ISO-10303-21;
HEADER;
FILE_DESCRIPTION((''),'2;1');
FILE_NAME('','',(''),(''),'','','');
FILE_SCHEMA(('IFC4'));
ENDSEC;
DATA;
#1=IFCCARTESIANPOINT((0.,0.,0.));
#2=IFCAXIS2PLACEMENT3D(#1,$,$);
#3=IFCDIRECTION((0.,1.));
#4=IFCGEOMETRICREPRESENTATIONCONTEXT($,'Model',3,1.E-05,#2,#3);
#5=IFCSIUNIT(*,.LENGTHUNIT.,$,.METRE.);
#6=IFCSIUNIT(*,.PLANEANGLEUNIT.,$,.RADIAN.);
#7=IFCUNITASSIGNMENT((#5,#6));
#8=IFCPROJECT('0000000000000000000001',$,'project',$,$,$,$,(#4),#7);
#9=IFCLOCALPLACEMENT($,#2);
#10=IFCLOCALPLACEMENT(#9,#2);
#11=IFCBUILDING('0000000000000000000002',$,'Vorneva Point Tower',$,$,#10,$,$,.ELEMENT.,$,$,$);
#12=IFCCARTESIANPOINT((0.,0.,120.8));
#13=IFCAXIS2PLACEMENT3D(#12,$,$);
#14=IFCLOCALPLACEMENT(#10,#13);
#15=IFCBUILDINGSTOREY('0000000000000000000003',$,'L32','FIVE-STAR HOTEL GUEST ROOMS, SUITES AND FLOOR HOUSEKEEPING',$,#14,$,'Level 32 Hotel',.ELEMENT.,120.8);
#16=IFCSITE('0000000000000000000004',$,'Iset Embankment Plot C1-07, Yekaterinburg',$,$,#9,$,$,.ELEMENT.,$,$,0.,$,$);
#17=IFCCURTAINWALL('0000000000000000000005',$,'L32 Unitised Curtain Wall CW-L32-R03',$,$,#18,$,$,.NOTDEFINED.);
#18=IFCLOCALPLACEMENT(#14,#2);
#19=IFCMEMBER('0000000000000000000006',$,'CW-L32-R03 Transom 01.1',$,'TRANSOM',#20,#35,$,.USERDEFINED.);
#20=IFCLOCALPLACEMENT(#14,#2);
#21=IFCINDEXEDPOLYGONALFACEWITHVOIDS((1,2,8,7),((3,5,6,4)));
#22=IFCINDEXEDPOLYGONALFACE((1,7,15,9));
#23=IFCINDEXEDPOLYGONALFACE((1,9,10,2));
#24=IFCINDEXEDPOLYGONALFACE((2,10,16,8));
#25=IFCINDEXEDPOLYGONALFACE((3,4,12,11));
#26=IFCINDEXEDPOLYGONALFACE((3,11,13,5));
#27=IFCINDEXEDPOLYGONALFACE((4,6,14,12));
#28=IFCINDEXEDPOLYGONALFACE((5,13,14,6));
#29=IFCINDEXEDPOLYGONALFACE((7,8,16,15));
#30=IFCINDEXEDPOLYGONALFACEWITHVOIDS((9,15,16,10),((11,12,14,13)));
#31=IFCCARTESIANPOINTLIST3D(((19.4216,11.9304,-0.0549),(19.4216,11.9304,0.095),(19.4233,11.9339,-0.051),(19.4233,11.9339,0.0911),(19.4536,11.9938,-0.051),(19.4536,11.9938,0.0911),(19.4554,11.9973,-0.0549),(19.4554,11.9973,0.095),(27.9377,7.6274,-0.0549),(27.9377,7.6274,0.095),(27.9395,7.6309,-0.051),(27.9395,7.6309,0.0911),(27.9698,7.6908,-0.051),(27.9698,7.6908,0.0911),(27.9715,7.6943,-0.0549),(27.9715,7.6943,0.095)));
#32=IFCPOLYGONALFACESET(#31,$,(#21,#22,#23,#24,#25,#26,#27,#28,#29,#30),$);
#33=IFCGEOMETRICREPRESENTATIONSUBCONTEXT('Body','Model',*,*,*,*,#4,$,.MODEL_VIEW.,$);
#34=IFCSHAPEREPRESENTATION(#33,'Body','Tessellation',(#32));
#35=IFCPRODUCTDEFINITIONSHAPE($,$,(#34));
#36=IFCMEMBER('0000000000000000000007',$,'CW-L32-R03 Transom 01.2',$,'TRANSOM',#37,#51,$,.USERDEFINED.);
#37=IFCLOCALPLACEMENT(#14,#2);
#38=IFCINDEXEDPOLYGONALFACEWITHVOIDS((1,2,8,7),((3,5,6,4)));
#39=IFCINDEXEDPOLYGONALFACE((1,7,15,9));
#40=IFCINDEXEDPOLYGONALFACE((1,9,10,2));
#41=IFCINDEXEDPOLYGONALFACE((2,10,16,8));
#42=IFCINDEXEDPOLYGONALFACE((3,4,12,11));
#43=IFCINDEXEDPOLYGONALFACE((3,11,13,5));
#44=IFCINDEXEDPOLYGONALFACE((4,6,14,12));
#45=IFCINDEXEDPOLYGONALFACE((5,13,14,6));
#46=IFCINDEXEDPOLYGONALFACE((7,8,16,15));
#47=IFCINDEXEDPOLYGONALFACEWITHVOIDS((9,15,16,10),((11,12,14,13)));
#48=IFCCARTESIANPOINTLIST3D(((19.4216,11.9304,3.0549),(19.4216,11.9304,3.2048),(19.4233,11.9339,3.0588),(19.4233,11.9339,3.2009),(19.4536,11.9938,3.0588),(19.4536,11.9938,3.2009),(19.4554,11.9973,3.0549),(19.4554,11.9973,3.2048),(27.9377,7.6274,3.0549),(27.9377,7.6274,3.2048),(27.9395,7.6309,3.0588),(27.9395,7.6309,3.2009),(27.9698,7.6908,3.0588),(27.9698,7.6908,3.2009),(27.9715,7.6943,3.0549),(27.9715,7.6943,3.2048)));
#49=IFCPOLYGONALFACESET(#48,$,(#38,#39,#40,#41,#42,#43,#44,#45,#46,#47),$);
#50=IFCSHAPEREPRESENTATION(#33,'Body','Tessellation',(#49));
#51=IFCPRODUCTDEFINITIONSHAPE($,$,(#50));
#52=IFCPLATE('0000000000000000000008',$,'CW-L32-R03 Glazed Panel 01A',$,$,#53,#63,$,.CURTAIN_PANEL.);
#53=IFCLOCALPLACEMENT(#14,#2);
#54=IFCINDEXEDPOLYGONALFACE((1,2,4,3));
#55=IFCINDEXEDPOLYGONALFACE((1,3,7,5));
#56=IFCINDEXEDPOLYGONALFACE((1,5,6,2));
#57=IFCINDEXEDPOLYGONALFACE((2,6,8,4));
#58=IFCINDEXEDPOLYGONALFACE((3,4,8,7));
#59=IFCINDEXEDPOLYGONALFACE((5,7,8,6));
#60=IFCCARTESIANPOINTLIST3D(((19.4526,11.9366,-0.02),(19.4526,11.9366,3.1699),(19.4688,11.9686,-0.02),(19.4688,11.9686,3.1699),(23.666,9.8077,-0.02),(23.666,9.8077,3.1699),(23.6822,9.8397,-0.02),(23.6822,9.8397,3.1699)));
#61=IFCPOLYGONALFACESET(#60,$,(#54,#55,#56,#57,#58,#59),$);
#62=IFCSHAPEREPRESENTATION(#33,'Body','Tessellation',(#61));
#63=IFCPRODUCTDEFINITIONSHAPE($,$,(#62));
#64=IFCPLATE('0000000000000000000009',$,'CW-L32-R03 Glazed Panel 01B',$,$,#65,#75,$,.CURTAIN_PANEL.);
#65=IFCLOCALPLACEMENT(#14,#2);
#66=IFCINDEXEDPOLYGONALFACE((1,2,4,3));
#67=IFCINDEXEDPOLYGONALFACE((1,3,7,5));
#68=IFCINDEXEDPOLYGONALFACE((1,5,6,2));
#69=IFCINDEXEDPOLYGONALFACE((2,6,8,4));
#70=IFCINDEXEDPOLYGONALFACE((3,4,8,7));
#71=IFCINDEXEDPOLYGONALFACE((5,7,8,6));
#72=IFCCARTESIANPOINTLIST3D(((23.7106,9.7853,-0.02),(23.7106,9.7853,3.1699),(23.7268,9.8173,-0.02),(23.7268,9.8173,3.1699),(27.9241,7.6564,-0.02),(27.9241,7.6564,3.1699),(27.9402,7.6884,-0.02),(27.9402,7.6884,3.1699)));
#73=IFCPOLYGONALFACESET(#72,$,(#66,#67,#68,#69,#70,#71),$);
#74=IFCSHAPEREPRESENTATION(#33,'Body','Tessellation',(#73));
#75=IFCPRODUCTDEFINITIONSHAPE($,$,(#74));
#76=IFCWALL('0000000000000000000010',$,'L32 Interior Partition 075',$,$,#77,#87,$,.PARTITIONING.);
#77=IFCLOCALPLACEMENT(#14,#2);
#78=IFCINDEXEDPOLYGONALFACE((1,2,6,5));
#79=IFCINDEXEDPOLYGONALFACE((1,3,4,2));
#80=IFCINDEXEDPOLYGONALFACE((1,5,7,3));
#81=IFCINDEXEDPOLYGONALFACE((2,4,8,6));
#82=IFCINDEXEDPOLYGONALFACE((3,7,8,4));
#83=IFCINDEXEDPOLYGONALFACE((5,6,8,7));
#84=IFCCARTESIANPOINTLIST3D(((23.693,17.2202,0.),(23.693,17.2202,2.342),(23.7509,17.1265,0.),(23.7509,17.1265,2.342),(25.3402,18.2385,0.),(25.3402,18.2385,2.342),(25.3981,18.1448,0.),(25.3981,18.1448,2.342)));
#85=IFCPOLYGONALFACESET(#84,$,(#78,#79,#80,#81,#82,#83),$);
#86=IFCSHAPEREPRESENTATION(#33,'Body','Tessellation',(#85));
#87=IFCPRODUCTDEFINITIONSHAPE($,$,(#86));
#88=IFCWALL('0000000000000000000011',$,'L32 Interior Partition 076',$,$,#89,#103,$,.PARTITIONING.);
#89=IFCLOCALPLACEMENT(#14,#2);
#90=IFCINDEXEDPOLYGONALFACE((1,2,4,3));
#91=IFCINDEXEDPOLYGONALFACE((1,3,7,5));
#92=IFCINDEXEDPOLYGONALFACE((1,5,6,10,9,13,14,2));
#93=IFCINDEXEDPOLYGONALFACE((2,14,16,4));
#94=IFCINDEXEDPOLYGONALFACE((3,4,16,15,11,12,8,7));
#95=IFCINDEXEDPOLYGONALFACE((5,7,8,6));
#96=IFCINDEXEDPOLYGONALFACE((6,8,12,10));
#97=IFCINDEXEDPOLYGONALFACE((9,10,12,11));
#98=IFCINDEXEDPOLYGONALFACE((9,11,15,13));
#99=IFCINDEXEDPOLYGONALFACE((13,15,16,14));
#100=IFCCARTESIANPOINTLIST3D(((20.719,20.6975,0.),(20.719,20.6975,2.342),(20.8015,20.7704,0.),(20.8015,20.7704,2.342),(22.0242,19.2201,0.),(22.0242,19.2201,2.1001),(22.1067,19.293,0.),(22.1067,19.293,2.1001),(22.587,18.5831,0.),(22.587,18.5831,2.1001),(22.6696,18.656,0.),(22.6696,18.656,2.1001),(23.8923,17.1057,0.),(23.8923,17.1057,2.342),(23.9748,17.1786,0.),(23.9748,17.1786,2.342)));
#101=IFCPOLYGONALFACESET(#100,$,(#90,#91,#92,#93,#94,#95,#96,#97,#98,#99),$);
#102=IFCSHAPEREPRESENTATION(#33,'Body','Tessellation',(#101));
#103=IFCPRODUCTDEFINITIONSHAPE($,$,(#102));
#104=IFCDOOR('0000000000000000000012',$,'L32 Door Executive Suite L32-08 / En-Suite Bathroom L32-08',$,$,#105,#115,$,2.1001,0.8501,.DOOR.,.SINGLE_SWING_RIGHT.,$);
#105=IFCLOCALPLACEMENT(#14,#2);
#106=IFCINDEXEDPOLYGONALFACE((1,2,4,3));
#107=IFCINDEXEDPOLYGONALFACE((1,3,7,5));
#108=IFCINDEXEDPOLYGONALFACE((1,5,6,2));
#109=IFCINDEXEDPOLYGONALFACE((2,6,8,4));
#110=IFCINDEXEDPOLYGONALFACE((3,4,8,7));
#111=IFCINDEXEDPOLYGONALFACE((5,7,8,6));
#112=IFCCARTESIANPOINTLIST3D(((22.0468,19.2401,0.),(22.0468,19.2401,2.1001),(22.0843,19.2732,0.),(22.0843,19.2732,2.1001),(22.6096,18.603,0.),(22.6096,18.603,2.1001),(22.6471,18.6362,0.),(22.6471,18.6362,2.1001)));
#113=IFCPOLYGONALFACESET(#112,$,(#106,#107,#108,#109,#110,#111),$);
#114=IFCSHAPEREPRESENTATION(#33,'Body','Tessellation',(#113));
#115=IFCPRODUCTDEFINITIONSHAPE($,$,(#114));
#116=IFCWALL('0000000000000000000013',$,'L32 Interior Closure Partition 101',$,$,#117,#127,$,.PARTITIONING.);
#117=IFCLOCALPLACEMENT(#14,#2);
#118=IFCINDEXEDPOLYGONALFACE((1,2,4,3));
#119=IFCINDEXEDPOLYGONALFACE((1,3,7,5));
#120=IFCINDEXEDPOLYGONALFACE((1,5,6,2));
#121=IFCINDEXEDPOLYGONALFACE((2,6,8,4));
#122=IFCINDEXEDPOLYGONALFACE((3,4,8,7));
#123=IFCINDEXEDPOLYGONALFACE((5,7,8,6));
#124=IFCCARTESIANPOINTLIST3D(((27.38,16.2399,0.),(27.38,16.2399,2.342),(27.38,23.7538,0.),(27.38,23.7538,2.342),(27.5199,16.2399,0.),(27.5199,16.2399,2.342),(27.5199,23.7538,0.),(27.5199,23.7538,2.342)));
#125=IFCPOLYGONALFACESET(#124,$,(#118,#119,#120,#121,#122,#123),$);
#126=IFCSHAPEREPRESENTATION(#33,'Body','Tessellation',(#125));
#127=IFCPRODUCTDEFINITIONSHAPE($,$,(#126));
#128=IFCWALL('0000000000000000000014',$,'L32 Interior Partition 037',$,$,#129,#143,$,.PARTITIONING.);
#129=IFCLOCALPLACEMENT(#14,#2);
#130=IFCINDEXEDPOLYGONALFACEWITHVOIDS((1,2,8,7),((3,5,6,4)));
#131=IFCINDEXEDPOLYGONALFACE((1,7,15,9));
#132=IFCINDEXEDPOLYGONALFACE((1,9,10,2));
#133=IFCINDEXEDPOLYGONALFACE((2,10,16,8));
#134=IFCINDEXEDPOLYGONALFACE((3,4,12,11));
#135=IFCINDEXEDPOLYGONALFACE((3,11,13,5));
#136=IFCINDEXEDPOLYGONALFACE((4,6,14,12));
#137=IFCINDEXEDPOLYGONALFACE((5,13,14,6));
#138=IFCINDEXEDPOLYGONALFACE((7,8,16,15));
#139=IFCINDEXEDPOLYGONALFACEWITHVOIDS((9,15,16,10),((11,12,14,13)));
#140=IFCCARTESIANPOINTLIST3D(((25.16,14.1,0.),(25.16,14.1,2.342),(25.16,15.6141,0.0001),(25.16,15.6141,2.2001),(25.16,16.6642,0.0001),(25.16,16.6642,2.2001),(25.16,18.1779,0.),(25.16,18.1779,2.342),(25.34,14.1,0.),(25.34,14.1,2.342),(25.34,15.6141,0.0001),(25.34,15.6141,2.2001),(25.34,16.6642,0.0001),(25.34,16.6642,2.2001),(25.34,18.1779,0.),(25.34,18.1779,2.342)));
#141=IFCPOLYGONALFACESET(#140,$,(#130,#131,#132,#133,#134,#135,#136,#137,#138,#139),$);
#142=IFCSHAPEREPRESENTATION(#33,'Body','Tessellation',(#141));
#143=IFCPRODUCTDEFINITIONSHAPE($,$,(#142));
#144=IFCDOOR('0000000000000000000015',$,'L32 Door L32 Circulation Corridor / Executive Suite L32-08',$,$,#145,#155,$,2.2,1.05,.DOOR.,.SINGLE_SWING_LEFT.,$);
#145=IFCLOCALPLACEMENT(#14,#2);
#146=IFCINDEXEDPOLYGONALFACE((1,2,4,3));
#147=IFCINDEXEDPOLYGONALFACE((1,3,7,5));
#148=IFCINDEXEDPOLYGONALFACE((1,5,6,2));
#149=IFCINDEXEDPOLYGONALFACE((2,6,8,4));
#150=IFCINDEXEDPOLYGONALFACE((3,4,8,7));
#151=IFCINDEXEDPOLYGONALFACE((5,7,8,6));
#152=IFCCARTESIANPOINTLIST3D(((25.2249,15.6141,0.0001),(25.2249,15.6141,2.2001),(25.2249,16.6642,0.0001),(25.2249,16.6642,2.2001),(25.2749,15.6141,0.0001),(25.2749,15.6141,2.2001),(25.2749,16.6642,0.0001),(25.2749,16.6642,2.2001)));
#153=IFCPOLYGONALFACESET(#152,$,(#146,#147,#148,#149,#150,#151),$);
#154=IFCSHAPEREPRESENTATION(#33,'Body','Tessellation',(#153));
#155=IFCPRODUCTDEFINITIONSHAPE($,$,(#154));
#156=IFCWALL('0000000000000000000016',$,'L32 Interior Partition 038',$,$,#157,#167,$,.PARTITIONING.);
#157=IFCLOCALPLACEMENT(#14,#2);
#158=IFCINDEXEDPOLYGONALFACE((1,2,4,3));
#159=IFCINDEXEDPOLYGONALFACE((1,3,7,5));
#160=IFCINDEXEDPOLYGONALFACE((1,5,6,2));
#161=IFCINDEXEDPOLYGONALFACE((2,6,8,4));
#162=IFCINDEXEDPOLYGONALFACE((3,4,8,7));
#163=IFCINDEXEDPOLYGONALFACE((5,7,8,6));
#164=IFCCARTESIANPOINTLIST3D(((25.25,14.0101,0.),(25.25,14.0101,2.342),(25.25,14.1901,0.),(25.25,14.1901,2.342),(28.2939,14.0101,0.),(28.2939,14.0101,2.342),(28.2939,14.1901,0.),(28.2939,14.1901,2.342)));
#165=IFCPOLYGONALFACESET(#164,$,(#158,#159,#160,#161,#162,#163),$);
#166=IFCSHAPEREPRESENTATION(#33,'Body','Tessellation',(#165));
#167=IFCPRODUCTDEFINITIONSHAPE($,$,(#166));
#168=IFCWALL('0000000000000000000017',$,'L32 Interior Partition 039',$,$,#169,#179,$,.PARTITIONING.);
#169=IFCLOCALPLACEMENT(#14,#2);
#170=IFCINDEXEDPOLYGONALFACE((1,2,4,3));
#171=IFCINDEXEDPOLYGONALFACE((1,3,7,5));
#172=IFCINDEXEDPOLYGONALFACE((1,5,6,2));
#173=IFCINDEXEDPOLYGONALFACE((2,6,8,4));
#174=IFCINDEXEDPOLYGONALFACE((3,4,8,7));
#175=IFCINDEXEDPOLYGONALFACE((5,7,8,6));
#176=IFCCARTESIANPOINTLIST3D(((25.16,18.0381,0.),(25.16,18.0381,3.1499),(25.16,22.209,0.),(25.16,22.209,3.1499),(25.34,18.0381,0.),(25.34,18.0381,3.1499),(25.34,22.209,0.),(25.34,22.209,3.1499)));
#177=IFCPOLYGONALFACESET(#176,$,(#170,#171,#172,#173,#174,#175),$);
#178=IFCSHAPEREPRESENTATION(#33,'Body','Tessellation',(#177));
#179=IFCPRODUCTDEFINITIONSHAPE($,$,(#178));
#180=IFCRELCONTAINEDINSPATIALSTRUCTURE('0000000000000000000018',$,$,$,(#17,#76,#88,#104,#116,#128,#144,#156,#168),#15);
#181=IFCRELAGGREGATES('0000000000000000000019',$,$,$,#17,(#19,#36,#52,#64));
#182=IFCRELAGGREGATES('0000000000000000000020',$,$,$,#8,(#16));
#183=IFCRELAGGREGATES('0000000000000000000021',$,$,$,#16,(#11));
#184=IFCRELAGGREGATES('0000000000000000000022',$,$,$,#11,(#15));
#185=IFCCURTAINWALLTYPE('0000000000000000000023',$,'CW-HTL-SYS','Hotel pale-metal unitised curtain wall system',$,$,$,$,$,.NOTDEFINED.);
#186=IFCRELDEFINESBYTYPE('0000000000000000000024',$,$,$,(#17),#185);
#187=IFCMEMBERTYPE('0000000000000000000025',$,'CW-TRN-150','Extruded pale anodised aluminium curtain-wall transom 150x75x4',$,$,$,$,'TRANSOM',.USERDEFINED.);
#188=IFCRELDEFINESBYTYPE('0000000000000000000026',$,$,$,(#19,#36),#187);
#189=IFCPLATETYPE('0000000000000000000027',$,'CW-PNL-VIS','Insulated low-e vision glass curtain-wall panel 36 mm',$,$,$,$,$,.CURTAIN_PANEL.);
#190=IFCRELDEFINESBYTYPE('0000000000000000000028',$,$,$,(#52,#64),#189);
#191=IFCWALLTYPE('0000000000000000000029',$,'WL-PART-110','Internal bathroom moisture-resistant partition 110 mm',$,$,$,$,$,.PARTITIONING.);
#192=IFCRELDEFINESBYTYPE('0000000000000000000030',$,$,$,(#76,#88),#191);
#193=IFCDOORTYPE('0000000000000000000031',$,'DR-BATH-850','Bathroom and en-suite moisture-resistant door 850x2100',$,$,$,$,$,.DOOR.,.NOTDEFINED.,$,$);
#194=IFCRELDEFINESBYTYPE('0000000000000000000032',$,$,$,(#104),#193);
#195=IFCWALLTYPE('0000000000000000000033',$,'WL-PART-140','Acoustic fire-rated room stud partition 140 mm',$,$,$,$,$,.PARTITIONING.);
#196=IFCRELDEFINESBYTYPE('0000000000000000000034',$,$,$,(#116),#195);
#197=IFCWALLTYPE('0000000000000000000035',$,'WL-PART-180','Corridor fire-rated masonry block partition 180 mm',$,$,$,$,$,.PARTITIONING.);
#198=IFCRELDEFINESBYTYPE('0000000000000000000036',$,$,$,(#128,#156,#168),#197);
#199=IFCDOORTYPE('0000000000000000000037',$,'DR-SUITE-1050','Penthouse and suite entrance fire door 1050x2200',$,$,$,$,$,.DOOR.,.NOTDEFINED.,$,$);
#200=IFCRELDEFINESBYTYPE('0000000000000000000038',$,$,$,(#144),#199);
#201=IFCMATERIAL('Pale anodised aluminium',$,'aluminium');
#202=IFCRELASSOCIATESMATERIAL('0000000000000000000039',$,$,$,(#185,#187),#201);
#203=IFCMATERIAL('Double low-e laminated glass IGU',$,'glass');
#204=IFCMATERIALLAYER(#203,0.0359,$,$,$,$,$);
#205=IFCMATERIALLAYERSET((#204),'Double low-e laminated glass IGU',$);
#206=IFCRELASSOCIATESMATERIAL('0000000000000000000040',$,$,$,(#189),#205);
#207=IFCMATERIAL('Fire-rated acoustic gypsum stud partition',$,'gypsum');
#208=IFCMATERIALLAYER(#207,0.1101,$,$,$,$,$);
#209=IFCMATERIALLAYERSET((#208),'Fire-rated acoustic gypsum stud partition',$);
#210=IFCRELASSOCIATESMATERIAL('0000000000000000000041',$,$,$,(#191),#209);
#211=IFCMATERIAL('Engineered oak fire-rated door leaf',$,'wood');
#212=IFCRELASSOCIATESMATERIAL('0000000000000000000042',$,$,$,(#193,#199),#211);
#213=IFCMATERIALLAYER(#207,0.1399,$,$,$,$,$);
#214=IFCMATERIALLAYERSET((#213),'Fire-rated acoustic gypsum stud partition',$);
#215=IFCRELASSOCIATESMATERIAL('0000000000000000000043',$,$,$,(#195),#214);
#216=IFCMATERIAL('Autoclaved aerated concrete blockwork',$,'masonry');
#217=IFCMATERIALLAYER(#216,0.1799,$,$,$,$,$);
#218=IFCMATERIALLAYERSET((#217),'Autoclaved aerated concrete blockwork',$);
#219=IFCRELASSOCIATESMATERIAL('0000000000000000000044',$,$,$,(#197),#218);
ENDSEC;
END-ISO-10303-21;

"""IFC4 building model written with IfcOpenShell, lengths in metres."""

from ifc_helpers import new_model, si_unit, direction, frame, frame_2d, origin, origin_2d, place, context, subcontext, project, spatial, rectangle, hollow_rectangle, extrude, material, layer, layer_set, material_profile, profile_set, type_object, element, fill, aggregate, save


model = new_model("IFC4")

# Units and contexts
model_context = context("Model", 3, precision=1e-05, world=origin(), true_north=direction((0.0, 1.0)))
body_context = subcontext(model_context, "Body", "Model", "MODEL_VIEW")
ifc_project = project(units=[si_unit("LENGTHUNIT", "METRE"), si_unit("PLANEANGLEUNIT", "RADIAN")], contexts=[model_context])

# Site, building, storey
site_placement = place(None, origin())
site = spatial("IfcSite", under=ifc_project, at=site_placement, Name="Iset Embankment Plot C1-07, Yekaterinburg", CompositionType="ELEMENT", RefElevation=0.0)
building_placement = place(site_placement, origin())
building = spatial("IfcBuilding", under=site, at=building_placement, Name="Vorneva Point Tower", CompositionType="ELEMENT")
storey_placement = place(building_placement, frame((0.0, 0.0, 120.8)))
storey = spatial("IfcBuildingStorey", under=building, at=storey_placement, Name="L32", Description="FIVE-STAR HOTEL GUEST ROOMS, SUITES AND FLOOR HOUSEKEEPING", LongName="Level 32 Hotel", CompositionType="ELEMENT", Elevation=120.8)

# Curtain wall, members, plates
ifc_material_1 = material(Name="Pale anodised aluminium", Category="aluminium")
curtain_wall_type = type_object("IfcCurtainWallType", Name="CW-HTL-SYS", Description="Hotel pale-metal unitised curtain wall system", PredefinedType="NOTDEFINED", material=ifc_material_1)
curtain_wall_placement = place(storey_placement, origin())
curtain_wall = element("IfcCurtainWall", 1, at=curtain_wall_placement, inside=storey, type_object=curtain_wall_type, Name="L32 Unitised Curtain Wall CW-L32-R03", PredefinedType="NOTDEFINED")
ifc_material_profile_1 = material_profile(ifc_material_1, hollow_rectangle(XDim=0.075, YDim=0.1499, WallThickness=0.0039, at=origin_2d()), Name="AL-TRN 150x75x4")
ifc_profile_set_1 = profile_set([ifc_material_profile_1], Name="Pale anodised aluminium")
member_type = type_object("IfcMemberType", Name="CW-TRN-150", Description="Extruded pale anodised aluminium curtain-wall transom 150x75x4", ElementType="TRANSOM", PredefinedType="USERDEFINED", material=ifc_profile_set_1)
member_1_placement = place(storey_placement, frame((19.4385, 11.9639, 0.02), z_axis=(0.892536, -0.450976, 0.0), x_axis=(0.450976, 0.892536, 0.0)))
member_1 = element("IfcMember", 2, at=member_1_placement, type_object=member_type, Name="CW-L32-R03 Transom 01.1", ObjectType="TRANSOM", PredefinedType="USERDEFINED", context=body_context, shape_type="SweptSolid", body=[
    extrude(hollow_rectangle(XDim=0.075, YDim=0.1499, WallThickness=0.0039, at=origin_2d()), origin(), (0.0, 0.0, 1.0), 9.5415),
])
member_2_placement = place(storey_placement, frame((19.4385, 11.9639, 3.1299), z_axis=(0.892536, -0.450976, 0.0), x_axis=(0.450976, 0.892536, 0.0)))
member_2 = element("IfcMember", 3, at=member_2_placement, type_object=member_type, Name="CW-L32-R03 Transom 01.2", ObjectType="TRANSOM", PredefinedType="USERDEFINED", context=body_context, shape_type="SweptSolid", body=[
    extrude(hollow_rectangle(XDim=0.075, YDim=0.1499, WallThickness=0.0039, at=origin_2d()), origin(), (0.0, 0.0, 1.0), 9.5415),
])
ifc_material_2 = material(Name="Double low-e laminated glass IGU", Category="glass")
ifc_layer_1 = layer(ifc_material_2, 0.0359)
ifc_layer_set_1 = layer_set([ifc_layer_1], Name="Double low-e laminated glass IGU")
plate_type = type_object("IfcPlateType", Name="CW-PNL-VIS", Description="Insulated low-e vision glass curtain-wall panel 36 mm", PredefinedType="CURTAIN_PANEL", material=ifc_layer_set_1)
plate_1_placement = place(storey_placement, frame((21.5674, 10.8882, -0.02), z_axis=(0.0, 0.0, 1.0), x_axis=(0.892539, -0.450971, 0.0)))
plate_1 = element("IfcPlate", 4, at=plate_1_placement, type_object=plate_type, Name="CW-L32-R03 Glazed Panel 01A", PredefinedType="CURTAIN_PANEL", context=body_context, shape_type="SweptSolid", body=[
    extrude(rectangle(XDim=4.7207, YDim=0.0359, at=origin_2d()), origin(), (0.0, 0.0, 1.0), 3.1899),
])
plate_2_placement = place(storey_placement, frame((25.8254, 8.7368, -0.02), z_axis=(0.0, 0.0, 1.0), x_axis=(0.892539, -0.450971, 0.0)))
plate_2 = element("IfcPlate", 5, at=plate_2_placement, type_object=plate_type, Name="CW-L32-R03 Glazed Panel 01B", PredefinedType="CURTAIN_PANEL", context=body_context, shape_type="SweptSolid", body=[
    extrude(rectangle(XDim=4.7207, YDim=0.0359, at=origin_2d()), origin(), (0.0, 0.0, 1.0), 3.1899),
])
aggregate(curtain_wall, [member_1, member_2, plate_1, plate_2])

# Wall
ifc_material_3 = material(Name="Fire-rated acoustic gypsum stud partition", Category="gypsum")
ifc_layer_2 = layer(ifc_material_3, 0.1101)
ifc_layer_set_2 = layer_set([ifc_layer_2], Name="Fire-rated acoustic gypsum stud partition")
wall_type_1 = type_object("IfcWallType", Name="WL-PART-110", Description="Internal bathroom moisture-resistant partition 110 mm", PredefinedType="PARTITIONING", material=ifc_layer_set_2)
wall_1_placement = place(storey_placement, frame((25.3691, 18.1917, 0.0), z_axis=(0.0, 0.0, 1.0), x_axis=(-0.850587, -0.525834, 0.0)))
element("IfcWall", 6, at=wall_1_placement, inside=storey, type_object=wall_type_1, Name="L32 Interior Partition 075", PredefinedType="PARTITIONING", context=body_context, shape_type="SweptSolid", body=[
    extrude(rectangle(XDim=1.9365, YDim=0.1101, at=frame_2d((0.9683, 0.0))), origin(), (0.0, 0.0, 1.0), 2.342),
])

# Wall, opening, door
wall_2_placement = place(storey_placement, frame((23.9336, 17.1421, 0.0), z_axis=(0.0, 0.0, 1.0), x_axis=(-0.662103, 0.749413, 0.0)))
wall_2 = element("IfcWall", 7, at=wall_2_placement, inside=storey, type_object=wall_type_1, Name="L32 Interior Partition 076", PredefinedType="PARTITIONING", context=body_context, shape_type="SweptSolid", body=[
    extrude(rectangle(XDim=4.7927, YDim=0.1101, at=frame_2d((2.3965, 0.0))), origin(), (0.0, 0.0, 1.0), 2.342),
])
opening_1_placement = place(wall_2_placement, frame((1.9714, 0.0, 0.0)))
opening_1 = element("IfcOpeningElement", 8, at=opening_1_placement, cuts=wall_2, PredefinedType="OPENING", context=body_context, shape_type="SweptSolid", body=[
    extrude(rectangle(XDim=0.8501, YDim=2.1001, at=frame_2d((0.425, 1.05))), frame((0.0, 0.0698, 0.0), z_axis=(0.0, -1.0, 0.0), x_axis=(1.0, 0.0, 0.0)), (0.0, 0.0, 1.0), 0.1399),
])
ifc_material_4 = material(Name="Engineered oak fire-rated door leaf", Category="wood")
door_type_1 = type_object("IfcDoorType", Name="DR-BATH-850", Description="Bathroom and en-suite moisture-resistant door 850x2100", OperationType="NOTDEFINED", PredefinedType="DOOR", material=ifc_material_4)
door_1_placement = place(opening_1_placement, origin())
door_1 = element("IfcDoor", 9, at=door_1_placement, inside=storey, type_object=door_type_1, Name="L32 Door Executive Suite L32-08 / En-Suite Bathroom L32-08", OperationType="SINGLE_SWING_RIGHT", OverallHeight=2.1001, OverallWidth=0.8501, PredefinedType="DOOR", context=body_context, shape_type="SweptSolid", body=[
    extrude(rectangle(XDim=0.8501, YDim=2.1001, at=frame_2d((0.425, 1.05))), frame((0.0, 0.0249, 0.0), z_axis=(0.0, -1.0, 0.0), x_axis=(1.0, 0.0, 0.0)), (0.0, 0.0, 1.0), 0.05),
])
fill(opening_1, door_1)

# Wall
ifc_layer_3 = layer(ifc_material_3, 0.1399)
ifc_layer_set_3 = layer_set([ifc_layer_3], Name="Fire-rated acoustic gypsum stud partition")
wall_type_2 = type_object("IfcWallType", Name="WL-PART-140", Description="Acoustic fire-rated room stud partition 140 mm", PredefinedType="PARTITIONING", material=ifc_layer_set_3)
wall_3_placement = place(storey_placement, frame((27.45, 16.24, 0.0), z_axis=(0.0, 0.0, 1.0), x_axis=(0.0, 1.0, 0.0)))
element("IfcWall", 10, at=wall_3_placement, inside=storey, type_object=wall_type_2, Name="L32 Interior Closure Partition 101", PredefinedType="PARTITIONING", context=body_context, shape_type="SweptSolid", body=[
    extrude(rectangle(XDim=7.5139, YDim=0.1399, at=frame_2d((3.7568, 0.0))), origin(), (0.0, 0.0, 1.0), 2.342),
])

# Wall, opening, door
ifc_material_5 = material(Name="Autoclaved aerated concrete blockwork", Category="masonry")
ifc_layer_4 = layer(ifc_material_5, 0.1799)
ifc_layer_set_4 = layer_set([ifc_layer_4], Name="Autoclaved aerated concrete blockwork")
wall_type_3 = type_object("IfcWallType", Name="WL-PART-180", Description="Corridor fire-rated masonry block partition 180 mm", PredefinedType="PARTITIONING", material=ifc_layer_set_4)
wall_4_placement = place(storey_placement, frame((25.25, 18.178, 0.0), z_axis=(0.0, 0.0, 1.0), x_axis=(0.0, -1.0, 0.0)))
wall_4 = element("IfcWall", 11, at=wall_4_placement, inside=storey, type_object=wall_type_3, Name="L32 Interior Partition 037", PredefinedType="PARTITIONING", context=body_context, shape_type="SweptSolid", body=[
    extrude(rectangle(XDim=4.0779, YDim=0.1799, at=frame_2d((2.0391, 0.0))), origin(), (0.0, 0.0, 1.0), 2.342),
])
opening_2_placement = place(wall_4_placement, frame((1.5139, 0.0, 0.0)))
opening_2 = element("IfcOpeningElement", 12, at=opening_2_placement, cuts=wall_4, PredefinedType="OPENING", context=body_context, shape_type="SweptSolid", body=[
    extrude(rectangle(XDim=1.05, YDim=2.2, at=frame_2d((0.5249, 1.1001))), frame((0.0, 0.105, 0.0), z_axis=(0.0, -1.0, 0.0), x_axis=(1.0, 0.0, 0.0)), (0.0, 0.0, 1.0), 0.2097),
])
door_type_2 = type_object("IfcDoorType", Name="DR-SUITE-1050", Description="Penthouse and suite entrance fire door 1050x2200", OperationType="NOTDEFINED", PredefinedType="DOOR", material=ifc_material_4)
door_2_placement = place(opening_2_placement, origin())
door_2 = element("IfcDoor", 13, at=door_2_placement, inside=storey, type_object=door_type_2, Name="L32 Door L32 Circulation Corridor / Executive Suite L32-08", OperationType="SINGLE_SWING_LEFT", OverallHeight=2.2, OverallWidth=1.05, PredefinedType="DOOR", context=body_context, shape_type="SweptSolid", body=[
    extrude(rectangle(XDim=1.05, YDim=2.2, at=frame_2d((0.5249, 1.1001))), frame((0.0, 0.0249, 0.0), z_axis=(0.0, -1.0, 0.0), x_axis=(1.0, 0.0, 0.0)), (0.0, 0.0, 1.0), 0.05),
])
fill(opening_2, door_2)

# Walls
wall_5_placement = place(storey_placement, frame((25.25, 14.1001, 0.0), z_axis=(0.0, 0.0, 1.0), x_axis=(1.0, 0.0, 0.0)))
element("IfcWall", 14, at=wall_5_placement, inside=storey, type_object=wall_type_3, Name="L32 Interior Partition 038", PredefinedType="PARTITIONING", context=body_context, shape_type="SweptSolid", body=[
    extrude(rectangle(XDim=3.0439, YDim=0.1799, at=frame_2d((1.522, 0.0))), origin(), (0.0, 0.0, 1.0), 2.342),
])
wall_6_placement = place(storey_placement, frame((25.25, 22.209, 0.0), z_axis=(0.0, 0.0, 1.0), x_axis=(0.0, -1.0, 0.0)))
element("IfcWall", 15, at=wall_6_placement, inside=storey, type_object=wall_type_3, Name="L32 Interior Partition 039", PredefinedType="PARTITIONING", context=body_context, shape_type="SweptSolid", body=[
    extrude(rectangle(XDim=4.1709, YDim=0.1799, at=frame_2d((2.0854, 0.0))), origin(), (0.0, 0.0, 1.0), 3.1499),
])

save(model, "model.ifc")
